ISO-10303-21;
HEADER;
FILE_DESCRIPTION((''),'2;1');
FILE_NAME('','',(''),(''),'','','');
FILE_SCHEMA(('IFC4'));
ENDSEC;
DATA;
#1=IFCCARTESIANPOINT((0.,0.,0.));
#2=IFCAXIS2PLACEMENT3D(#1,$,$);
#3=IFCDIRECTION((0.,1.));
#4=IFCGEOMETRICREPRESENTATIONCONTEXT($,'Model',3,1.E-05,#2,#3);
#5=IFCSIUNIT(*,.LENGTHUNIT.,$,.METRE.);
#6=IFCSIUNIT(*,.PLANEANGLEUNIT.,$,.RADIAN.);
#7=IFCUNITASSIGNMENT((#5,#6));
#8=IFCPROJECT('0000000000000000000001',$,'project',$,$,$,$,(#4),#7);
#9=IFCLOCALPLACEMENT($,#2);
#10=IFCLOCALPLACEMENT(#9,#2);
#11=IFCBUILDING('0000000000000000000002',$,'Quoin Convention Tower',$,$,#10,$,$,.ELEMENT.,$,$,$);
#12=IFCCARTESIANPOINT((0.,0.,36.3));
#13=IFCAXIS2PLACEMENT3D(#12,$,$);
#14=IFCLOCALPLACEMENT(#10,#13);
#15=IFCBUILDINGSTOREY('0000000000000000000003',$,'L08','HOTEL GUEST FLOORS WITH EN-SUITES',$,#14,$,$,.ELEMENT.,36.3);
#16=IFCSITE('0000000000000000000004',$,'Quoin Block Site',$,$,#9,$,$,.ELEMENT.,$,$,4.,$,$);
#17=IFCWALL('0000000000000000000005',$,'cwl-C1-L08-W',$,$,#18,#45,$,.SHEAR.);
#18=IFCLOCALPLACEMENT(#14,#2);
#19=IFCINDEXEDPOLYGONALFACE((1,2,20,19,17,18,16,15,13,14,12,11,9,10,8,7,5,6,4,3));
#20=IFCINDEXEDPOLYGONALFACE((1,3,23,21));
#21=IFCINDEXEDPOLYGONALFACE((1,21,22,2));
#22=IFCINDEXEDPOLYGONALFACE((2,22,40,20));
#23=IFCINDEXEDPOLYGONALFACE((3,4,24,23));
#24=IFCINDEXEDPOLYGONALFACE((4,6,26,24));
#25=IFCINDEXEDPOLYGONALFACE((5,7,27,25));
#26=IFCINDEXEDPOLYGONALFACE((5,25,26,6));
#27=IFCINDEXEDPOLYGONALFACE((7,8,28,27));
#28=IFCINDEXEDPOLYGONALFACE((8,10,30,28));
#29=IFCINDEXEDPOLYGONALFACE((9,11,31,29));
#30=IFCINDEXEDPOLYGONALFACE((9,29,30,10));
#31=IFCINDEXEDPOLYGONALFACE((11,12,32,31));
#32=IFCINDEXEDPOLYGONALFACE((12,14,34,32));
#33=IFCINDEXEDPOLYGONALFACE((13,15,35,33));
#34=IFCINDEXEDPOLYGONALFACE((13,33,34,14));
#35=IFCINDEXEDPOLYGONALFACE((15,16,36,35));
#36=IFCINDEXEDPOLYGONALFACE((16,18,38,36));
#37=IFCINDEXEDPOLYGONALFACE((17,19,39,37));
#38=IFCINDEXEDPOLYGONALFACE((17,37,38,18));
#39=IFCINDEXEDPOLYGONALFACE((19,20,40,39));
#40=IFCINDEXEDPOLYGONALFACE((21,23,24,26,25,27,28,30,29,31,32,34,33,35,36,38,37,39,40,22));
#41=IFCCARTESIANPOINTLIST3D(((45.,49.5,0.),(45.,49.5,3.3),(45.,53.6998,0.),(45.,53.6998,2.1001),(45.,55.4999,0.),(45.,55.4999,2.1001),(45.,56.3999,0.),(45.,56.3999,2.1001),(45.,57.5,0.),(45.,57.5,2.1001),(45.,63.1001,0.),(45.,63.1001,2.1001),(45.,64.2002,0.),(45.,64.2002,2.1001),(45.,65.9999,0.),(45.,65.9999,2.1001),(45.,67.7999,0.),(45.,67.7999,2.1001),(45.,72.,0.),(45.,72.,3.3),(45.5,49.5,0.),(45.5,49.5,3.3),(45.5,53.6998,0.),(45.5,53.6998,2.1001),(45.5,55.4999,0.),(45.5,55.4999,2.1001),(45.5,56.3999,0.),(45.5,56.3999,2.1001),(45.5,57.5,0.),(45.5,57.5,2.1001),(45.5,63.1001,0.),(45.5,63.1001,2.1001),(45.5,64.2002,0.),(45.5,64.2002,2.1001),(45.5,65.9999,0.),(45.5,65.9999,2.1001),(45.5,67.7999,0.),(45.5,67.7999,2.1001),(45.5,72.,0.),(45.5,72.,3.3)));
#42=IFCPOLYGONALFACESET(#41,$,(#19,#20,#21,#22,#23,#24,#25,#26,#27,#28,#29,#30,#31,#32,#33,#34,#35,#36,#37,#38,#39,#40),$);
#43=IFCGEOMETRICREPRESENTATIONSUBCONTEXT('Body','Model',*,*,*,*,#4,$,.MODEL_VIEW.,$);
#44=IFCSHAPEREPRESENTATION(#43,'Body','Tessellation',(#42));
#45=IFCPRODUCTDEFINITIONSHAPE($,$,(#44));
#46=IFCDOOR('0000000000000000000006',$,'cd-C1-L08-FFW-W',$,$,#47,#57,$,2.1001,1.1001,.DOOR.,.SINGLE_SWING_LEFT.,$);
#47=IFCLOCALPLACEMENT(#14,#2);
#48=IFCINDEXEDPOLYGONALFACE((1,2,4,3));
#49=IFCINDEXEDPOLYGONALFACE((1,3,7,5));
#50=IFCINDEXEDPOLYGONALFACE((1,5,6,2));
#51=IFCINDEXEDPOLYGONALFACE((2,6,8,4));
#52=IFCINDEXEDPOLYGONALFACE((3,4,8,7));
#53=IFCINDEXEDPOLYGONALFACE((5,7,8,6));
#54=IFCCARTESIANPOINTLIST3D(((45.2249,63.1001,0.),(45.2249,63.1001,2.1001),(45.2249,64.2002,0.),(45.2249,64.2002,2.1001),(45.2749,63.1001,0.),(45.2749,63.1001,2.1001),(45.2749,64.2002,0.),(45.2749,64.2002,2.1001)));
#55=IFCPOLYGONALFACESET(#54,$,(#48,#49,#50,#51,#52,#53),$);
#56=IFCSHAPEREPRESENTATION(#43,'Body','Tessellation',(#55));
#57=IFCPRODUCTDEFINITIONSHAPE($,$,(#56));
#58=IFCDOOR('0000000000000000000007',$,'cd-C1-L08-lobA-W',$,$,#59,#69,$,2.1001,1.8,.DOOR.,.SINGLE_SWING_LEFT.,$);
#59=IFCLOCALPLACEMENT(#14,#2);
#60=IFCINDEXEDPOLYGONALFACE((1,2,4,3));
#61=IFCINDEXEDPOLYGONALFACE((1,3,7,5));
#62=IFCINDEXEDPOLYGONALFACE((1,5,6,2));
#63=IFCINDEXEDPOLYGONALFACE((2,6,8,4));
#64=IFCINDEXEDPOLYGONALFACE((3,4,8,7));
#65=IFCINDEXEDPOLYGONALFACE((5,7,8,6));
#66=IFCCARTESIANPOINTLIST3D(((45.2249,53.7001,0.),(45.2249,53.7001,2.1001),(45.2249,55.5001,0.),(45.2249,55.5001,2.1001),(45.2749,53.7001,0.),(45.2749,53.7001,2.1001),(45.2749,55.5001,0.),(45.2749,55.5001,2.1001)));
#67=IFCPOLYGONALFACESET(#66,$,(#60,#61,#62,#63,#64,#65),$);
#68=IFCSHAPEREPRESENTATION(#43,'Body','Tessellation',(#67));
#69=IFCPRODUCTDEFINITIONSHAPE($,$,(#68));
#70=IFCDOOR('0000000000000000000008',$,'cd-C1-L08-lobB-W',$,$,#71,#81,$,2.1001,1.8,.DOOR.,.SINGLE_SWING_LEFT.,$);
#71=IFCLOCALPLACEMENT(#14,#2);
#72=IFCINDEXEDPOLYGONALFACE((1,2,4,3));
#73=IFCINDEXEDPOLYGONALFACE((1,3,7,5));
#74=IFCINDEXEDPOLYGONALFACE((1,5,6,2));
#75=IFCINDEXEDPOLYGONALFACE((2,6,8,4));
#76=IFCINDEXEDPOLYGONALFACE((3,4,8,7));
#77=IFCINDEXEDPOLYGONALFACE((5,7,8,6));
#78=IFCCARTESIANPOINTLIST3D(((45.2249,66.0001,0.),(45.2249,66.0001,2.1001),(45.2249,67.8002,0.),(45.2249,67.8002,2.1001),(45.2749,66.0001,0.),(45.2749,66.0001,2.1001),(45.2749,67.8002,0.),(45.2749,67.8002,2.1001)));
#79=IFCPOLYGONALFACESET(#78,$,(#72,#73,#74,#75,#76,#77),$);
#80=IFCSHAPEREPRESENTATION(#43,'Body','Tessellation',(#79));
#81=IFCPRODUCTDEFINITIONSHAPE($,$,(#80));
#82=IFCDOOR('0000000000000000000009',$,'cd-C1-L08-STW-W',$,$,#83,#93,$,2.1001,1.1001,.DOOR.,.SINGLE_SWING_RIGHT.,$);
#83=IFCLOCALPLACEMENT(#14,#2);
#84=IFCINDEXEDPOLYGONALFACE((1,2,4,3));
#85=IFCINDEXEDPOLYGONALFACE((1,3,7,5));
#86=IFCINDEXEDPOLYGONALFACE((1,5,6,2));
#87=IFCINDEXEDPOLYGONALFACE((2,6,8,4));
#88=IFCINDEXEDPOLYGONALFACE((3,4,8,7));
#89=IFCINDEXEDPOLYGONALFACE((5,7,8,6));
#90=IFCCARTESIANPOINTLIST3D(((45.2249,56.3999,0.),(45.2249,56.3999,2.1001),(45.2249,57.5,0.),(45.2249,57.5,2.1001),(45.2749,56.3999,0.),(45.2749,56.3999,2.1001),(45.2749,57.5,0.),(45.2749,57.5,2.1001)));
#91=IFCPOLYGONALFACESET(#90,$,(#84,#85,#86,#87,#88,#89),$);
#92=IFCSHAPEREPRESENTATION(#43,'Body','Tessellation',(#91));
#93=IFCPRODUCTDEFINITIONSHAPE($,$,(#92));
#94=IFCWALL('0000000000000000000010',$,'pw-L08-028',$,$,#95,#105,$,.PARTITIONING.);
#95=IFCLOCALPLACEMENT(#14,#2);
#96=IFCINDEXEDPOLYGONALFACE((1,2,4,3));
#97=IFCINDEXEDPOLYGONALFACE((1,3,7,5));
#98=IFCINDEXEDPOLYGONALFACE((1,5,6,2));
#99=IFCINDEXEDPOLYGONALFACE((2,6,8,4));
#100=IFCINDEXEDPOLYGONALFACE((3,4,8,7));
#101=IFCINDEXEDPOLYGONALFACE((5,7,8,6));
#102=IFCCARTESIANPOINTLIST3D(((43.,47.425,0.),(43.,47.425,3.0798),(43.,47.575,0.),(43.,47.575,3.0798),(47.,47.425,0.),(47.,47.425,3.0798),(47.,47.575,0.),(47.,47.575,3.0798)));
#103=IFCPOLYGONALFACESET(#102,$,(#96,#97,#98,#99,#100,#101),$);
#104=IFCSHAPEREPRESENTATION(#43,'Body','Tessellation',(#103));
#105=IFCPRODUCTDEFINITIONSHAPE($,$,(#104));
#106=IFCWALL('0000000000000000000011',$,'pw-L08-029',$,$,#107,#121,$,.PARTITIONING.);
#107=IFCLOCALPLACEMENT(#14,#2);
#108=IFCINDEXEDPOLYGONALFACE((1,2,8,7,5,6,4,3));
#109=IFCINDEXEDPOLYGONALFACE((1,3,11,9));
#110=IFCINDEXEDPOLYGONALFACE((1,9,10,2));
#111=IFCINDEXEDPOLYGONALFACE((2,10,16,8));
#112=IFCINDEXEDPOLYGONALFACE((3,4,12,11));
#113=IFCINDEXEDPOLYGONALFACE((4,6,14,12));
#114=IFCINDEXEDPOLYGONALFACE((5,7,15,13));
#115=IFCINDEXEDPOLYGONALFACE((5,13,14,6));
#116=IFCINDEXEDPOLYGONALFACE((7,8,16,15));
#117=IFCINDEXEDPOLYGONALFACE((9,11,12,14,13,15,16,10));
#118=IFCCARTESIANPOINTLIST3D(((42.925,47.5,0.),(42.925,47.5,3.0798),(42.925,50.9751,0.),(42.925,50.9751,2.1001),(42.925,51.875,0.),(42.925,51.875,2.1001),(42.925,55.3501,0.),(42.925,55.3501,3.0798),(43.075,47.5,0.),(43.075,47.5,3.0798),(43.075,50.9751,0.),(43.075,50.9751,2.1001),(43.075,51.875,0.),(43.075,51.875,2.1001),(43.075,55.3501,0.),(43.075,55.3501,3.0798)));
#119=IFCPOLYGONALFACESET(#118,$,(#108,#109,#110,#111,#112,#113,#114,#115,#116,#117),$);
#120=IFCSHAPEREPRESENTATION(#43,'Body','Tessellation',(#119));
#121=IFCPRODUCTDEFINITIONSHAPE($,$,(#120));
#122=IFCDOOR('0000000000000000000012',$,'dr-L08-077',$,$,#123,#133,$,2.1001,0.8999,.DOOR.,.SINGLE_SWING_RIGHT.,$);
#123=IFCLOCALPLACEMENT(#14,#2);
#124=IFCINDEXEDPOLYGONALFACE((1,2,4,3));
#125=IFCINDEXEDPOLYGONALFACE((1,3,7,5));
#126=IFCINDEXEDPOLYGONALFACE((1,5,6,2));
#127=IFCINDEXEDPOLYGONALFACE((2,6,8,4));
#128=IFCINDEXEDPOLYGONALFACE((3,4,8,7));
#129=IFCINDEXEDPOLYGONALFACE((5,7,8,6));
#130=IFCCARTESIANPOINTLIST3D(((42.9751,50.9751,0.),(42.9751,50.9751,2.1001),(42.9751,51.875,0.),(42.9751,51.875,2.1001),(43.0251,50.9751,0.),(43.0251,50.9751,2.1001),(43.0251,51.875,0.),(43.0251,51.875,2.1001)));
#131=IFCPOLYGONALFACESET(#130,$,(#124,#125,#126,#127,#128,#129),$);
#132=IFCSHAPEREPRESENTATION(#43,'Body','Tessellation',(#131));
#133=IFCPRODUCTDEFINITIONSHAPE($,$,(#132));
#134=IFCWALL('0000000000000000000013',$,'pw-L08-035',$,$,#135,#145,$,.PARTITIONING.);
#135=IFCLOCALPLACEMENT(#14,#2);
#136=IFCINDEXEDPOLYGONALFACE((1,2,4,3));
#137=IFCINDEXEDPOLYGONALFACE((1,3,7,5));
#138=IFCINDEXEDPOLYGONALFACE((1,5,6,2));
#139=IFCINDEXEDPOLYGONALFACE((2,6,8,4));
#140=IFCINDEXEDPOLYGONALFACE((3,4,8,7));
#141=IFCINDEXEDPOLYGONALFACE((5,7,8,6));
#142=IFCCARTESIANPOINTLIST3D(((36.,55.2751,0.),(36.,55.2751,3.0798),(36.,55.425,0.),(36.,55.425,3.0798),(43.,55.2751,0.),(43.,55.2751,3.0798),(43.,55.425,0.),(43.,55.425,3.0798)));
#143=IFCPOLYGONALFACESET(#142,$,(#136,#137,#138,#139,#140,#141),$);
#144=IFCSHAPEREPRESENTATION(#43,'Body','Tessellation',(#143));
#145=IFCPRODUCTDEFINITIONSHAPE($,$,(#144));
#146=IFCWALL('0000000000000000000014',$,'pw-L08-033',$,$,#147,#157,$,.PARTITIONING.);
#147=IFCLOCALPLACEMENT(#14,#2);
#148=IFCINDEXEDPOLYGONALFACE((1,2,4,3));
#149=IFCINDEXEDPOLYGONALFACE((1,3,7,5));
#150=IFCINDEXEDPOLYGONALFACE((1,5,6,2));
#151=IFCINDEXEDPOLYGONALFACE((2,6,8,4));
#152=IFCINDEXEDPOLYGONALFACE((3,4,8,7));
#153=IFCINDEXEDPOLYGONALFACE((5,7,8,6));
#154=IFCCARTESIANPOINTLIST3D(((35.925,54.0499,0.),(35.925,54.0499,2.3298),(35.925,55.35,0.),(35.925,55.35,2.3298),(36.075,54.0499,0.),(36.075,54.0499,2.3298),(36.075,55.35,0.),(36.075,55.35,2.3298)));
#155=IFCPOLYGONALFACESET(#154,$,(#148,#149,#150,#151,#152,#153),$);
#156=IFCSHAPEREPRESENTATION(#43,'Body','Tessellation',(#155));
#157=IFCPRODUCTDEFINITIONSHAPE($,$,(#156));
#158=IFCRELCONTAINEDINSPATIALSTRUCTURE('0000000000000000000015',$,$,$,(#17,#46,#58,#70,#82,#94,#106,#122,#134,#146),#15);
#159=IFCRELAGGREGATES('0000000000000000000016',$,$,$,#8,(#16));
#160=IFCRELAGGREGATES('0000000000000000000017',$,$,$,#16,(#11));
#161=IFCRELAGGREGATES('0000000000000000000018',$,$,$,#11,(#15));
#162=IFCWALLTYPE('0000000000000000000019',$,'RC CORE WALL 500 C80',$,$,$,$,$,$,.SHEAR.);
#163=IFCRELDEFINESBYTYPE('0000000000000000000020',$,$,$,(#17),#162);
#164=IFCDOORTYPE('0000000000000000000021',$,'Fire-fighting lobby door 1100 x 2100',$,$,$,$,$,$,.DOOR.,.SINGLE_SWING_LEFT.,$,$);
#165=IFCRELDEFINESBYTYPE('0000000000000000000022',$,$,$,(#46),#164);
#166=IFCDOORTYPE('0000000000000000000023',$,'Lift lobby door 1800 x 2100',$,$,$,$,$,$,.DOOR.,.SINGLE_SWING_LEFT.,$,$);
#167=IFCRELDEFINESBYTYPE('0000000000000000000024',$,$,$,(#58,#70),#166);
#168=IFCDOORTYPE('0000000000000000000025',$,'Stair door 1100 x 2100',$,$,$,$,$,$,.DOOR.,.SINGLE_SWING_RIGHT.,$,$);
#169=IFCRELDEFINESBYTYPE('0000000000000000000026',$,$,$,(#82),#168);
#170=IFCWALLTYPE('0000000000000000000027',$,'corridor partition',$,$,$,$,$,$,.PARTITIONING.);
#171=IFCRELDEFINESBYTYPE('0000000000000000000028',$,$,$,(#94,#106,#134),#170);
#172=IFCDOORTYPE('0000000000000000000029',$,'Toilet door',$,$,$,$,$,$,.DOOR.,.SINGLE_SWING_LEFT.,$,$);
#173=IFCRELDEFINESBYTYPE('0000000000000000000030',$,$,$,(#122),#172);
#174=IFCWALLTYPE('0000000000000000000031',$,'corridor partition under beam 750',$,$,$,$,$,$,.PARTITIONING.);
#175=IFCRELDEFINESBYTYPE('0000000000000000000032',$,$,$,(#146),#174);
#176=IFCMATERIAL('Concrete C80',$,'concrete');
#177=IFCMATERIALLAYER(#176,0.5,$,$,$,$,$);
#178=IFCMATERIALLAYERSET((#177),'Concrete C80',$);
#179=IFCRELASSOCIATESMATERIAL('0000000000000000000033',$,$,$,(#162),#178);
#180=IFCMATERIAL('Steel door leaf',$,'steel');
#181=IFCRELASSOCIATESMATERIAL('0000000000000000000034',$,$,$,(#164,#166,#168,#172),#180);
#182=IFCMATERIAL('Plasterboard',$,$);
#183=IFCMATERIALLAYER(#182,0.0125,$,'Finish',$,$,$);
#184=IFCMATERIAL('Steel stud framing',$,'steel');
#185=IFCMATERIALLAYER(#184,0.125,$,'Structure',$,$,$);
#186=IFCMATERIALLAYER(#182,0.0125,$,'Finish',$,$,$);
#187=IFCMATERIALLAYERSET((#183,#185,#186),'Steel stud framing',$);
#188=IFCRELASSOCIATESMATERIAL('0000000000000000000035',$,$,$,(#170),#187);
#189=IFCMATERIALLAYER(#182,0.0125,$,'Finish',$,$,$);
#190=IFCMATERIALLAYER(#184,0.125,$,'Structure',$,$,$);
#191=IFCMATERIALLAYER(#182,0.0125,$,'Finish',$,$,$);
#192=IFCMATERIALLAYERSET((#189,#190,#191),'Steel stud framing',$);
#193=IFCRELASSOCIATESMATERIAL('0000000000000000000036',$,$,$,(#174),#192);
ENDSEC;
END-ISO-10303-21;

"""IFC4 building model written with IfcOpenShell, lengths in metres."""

from ifc_helpers import new_model, si_unit, direction, frame, frame_2d, origin, place, context, subcontext, project, spatial, rectangle, extrude, material, layer, layer_set, type_object, element, fill, save


model = new_model("IFC4")

# Units and contexts
model_context = context("Model", 3, precision=1e-05, world=origin(), true_north=direction((0.0, 1.0)))
body_context = subcontext(model_context, "Body", "Model", "MODEL_VIEW")
ifc_project = project(units=[si_unit("LENGTHUNIT", "METRE"), si_unit("PLANEANGLEUNIT", "RADIAN")], contexts=[model_context])

# Site, building, storey
site_placement = place(None, origin())
site = spatial("IfcSite", under=ifc_project, at=site_placement, Name="Quoin Block Site", CompositionType="ELEMENT", RefElevation=4.0)
building_placement = place(site_placement, origin())
building = spatial("IfcBuilding", under=site, at=building_placement, Name="Quoin Convention Tower", CompositionType="ELEMENT")
storey_placement = place(building_placement, frame((0.0, 0.0, 36.3)))
storey = spatial("IfcBuildingStorey", under=building, at=storey_placement, Name="L08", Description="HOTEL GUEST FLOORS WITH EN-SUITES", CompositionType="ELEMENT", Elevation=36.3)

# Shared definitions
ifc_material_1 = material(Name="Concrete C80", Category="concrete")

# Shared definitions
ifc_material_2 = material(Name="Plasterboard")
ifc_material_3 = material(Name="Steel stud framing", Category="steel")
ifc_material_4 = material(Name="Steel door leaf", Category="steel")

# Shared definitions
ifc_layer_1 = layer(ifc_material_1, 0.5)
ifc_layer_set_1 = layer_set([ifc_layer_1], Name="Concrete C80")
wall_type_1 = type_object("IfcWallType", Name="RC CORE WALL 500 C80", PredefinedType="SHEAR", material=ifc_layer_set_1)

# Wall, openings, doors
wall_1_placement = place(storey_placement, frame((45.25, 49.5, 0.0), z_axis=(0.0, 0.0, 1.0), x_axis=(0.0, 1.0, 0.0)))
wall_1 = element("IfcWall", 1, at=wall_1_placement, inside=storey, type_object=wall_type_1, Name="cwl-C1-L08-W", PredefinedType="SHEAR", context=body_context, shape_type="SweptSolid", body=[
    extrude(rectangle(XDim=22.5, YDim=0.5, at=frame_2d((11.25, 0.0))), origin(), (0.0, 0.0, 1.0), 3.3),
])
opening_1_placement = place(wall_1_placement, frame((4.2, 0.0, 0.0)))
opening_1 = element("IfcOpeningElement", 2, at=opening_1_placement, cuts=wall_1, PredefinedType="OPENING", context=body_context, shape_type="SweptSolid", body=[
    extrude(rectangle(XDim=1.8, YDim=2.1001, at=frame_2d((0.8999, 1.05))), frame((0.0, 0.26, 0.0), z_axis=(0.0, -1.0, 0.0), x_axis=(1.0, 0.0, 0.0)), (0.0, 0.0, 1.0), 0.52),
])
opening_2_placement = place(wall_1_placement, frame((6.8999, 0.0, 0.0)))
opening_2 = element("IfcOpeningElement", 3, at=opening_2_placement, cuts=wall_1, PredefinedType="OPENING", context=body_context, shape_type="SweptSolid", body=[
    extrude(rectangle(XDim=1.1001, YDim=2.1001, at=frame_2d((0.55, 1.05))), frame((0.0, 0.26, 0.0), z_axis=(0.0, -1.0, 0.0), x_axis=(1.0, 0.0, 0.0)), (0.0, 0.0, 1.0), 0.52),
])
opening_3_placement = place(wall_1_placement, frame((13.6001, 0.0, 0.0)))
opening_3 = element("IfcOpeningElement", 4, at=opening_3_placement, cuts=wall_1, PredefinedType="OPENING", context=body_context, shape_type="SweptSolid", body=[
    extrude(rectangle(XDim=1.1001, YDim=2.1001, at=frame_2d((0.55, 1.05))), frame((0.0, 0.26, 0.0), z_axis=(0.0, -1.0, 0.0), x_axis=(1.0, 0.0, 0.0)), (0.0, 0.0, 1.0), 0.52),
])
opening_4_placement = place(wall_1_placement, frame((16.5, 0.0, 0.0)))
opening_4 = element("IfcOpeningElement", 5, at=opening_4_placement, cuts=wall_1, PredefinedType="OPENING", context=body_context, shape_type="SweptSolid", body=[
    extrude(rectangle(XDim=1.8, YDim=2.1001, at=frame_2d((0.8999, 1.05))), frame((0.0, 0.26, 0.0), z_axis=(0.0, -1.0, 0.0), x_axis=(1.0, 0.0, 0.0)), (0.0, 0.0, 1.0), 0.52),
])
door_type_1 = type_object("IfcDoorType", Name="Fire-fighting lobby door 1100 x 2100", OperationType="SINGLE_SWING_LEFT", PredefinedType="DOOR", material=ifc_material_4)
door_1_placement = place(opening_3_placement, frame((1.1001, 0.0, 0.0), z_axis=(0.0, 0.0, 1.0), x_axis=(-1.0, 0.0, 0.0)))
door_1 = element("IfcDoor", 6, at=door_1_placement, inside=storey, type_object=door_type_1, Name="cd-C1-L08-FFW-W", OperationType="SINGLE_SWING_LEFT", OverallHeight=2.1001, OverallWidth=1.1001, PredefinedType="DOOR", context=body_context, shape_type="SweptSolid", body=[
    extrude(rectangle(XDim=1.1001, YDim=2.1001, at=frame_2d((0.55, 1.05))), frame((0.0, 0.0249, 0.0), z_axis=(0.0, -1.0, 0.0), x_axis=(1.0, 0.0, 0.0)), (0.0, 0.0, 1.0), 0.05),
])
fill(opening_3, door_1)
door_type_2 = type_object("IfcDoorType", Name="Lift lobby door 1800 x 2100", OperationType="SINGLE_SWING_LEFT", PredefinedType="DOOR", material=ifc_material_4)
door_2_placement = place(opening_1_placement, frame((1.8, 0.0, 0.0), z_axis=(0.0, 0.0, 1.0), x_axis=(-1.0, 0.0, 0.0)))
door_2 = element("IfcDoor", 7, at=door_2_placement, inside=storey, type_object=door_type_2, Name="cd-C1-L08-lobA-W", OperationType="SINGLE_SWING_LEFT", OverallHeight=2.1001, OverallWidth=1.8, PredefinedType="DOOR", context=body_context, shape_type="SweptSolid", body=[
    extrude(rectangle(XDim=1.8, YDim=2.1001, at=frame_2d((0.8999, 1.05))), frame((0.0, 0.0249, 0.0), z_axis=(0.0, -1.0, 0.0), x_axis=(1.0, 0.0, 0.0)), (0.0, 0.0, 1.0), 0.05),
])
fill(opening_1, door_2)
door_3_placement = place(opening_4_placement, frame((1.8, 0.0, 0.0), z_axis=(0.0, 0.0, 1.0), x_axis=(-1.0, 0.0, 0.0)))
door_3 = element("IfcDoor", 8, at=door_3_placement, inside=storey, type_object=door_type_2, Name="cd-C1-L08-lobB-W", OperationType="SINGLE_SWING_LEFT", OverallHeight=2.1001, OverallWidth=1.8, PredefinedType="DOOR", context=body_context, shape_type="SweptSolid", body=[
    extrude(rectangle(XDim=1.8, YDim=2.1001, at=frame_2d((0.8999, 1.05))), frame((0.0, 0.0249, 0.0), z_axis=(0.0, -1.0, 0.0), x_axis=(1.0, 0.0, 0.0)), (0.0, 0.0, 1.0), 0.05),
])
fill(opening_4, door_3)
door_type_3 = type_object("IfcDoorType", Name="Stair door 1100 x 2100", OperationType="SINGLE_SWING_RIGHT", PredefinedType="DOOR", material=ifc_material_4)
door_4_placement = place(opening_2_placement, frame((1.1001, 0.0, 0.0), z_axis=(0.0, 0.0, 1.0), x_axis=(-1.0, 0.0, 0.0)))
door_4 = element("IfcDoor", 9, at=door_4_placement, inside=storey, type_object=door_type_3, Name="cd-C1-L08-STW-W", OperationType="SINGLE_SWING_RIGHT", OverallHeight=2.1001, OverallWidth=1.1001, PredefinedType="DOOR", context=body_context, shape_type="SweptSolid", body=[
    extrude(rectangle(XDim=1.1001, YDim=2.1001, at=frame_2d((0.55, 1.05))), frame((0.0, 0.0249, 0.0), z_axis=(0.0, -1.0, 0.0), x_axis=(1.0, 0.0, 0.0)), (0.0, 0.0, 1.0), 0.05),
])
fill(opening_2, door_4)

# Wall
ifc_layer_2 = layer(ifc_material_2, 0.0125, Name="Finish")
ifc_layer_3 = layer(ifc_material_3, 0.125, Name="Structure")
ifc_layer_4 = layer(ifc_material_2, 0.0125, Name="Finish")
ifc_layer_set_2 = layer_set([ifc_layer_2, ifc_layer_3, ifc_layer_4], Name="Steel stud framing")
wall_type_2 = type_object("IfcWallType", Name="corridor partition", PredefinedType="PARTITIONING", material=ifc_layer_set_2)
wall_2_placement = place(storey_placement, frame((43.0, 47.5, 0.0), z_axis=(0.0, 0.0, 1.0), x_axis=(1.0, 0.0, 0.0)))
element("IfcWall", 10, at=wall_2_placement, inside=storey, type_object=wall_type_2, Name="pw-L08-028", PredefinedType="PARTITIONING", context=body_context, shape_type="SweptSolid", body=[
    extrude(rectangle(XDim=4.0, YDim=0.1499, at=frame_2d((2.0, 0.0))), origin(), (0.0, 0.0, 1.0), 3.0798),
])

# Wall, opening, door
wall_3_placement = place(storey_placement, frame((43.0, 47.5, 0.0), z_axis=(0.0, 0.0, 1.0), x_axis=(0.0, 1.0, 0.0)))
wall_3 = element("IfcWall", 11, at=wall_3_placement, inside=storey, type_object=wall_type_2, Name="pw-L08-029", PredefinedType="PARTITIONING", context=body_context, shape_type="SweptSolid", body=[
    extrude(rectangle(XDim=7.8501, YDim=0.1499, at=frame_2d((3.925, 0.0))), origin(), (0.0, 0.0, 1.0), 3.0798),
])
opening_5_placement = place(wall_3_placement, frame((3.4751, 0.0, 0.0)))
opening_5 = element("IfcOpeningElement", 12, at=opening_5_placement, cuts=wall_3, PredefinedType="OPENING", context=body_context, shape_type="SweptSolid", body=[
    extrude(rectangle(XDim=0.8999, YDim=2.1001, at=frame_2d((0.45, 1.05))), frame((0.0, 0.085, 0.0), z_axis=(0.0, -1.0, 0.0), x_axis=(1.0, 0.0, 0.0)), (0.0, 0.0, 1.0), 0.1699),
])
door_type_4 = type_object("IfcDoorType", Name="Toilet door", OperationType="SINGLE_SWING_LEFT", PredefinedType="DOOR", material=ifc_material_4)
door_5_placement = place(opening_5_placement, origin())
door_5 = element("IfcDoor", 13, at=door_5_placement, inside=storey, type_object=door_type_4, Name="dr-L08-077", OperationType="SINGLE_SWING_RIGHT", OverallHeight=2.1001, OverallWidth=0.8999, PredefinedType="DOOR", context=body_context, shape_type="SweptSolid", body=[
    extrude(rectangle(XDim=0.8999, YDim=2.1001, at=frame_2d((0.45, 1.05))), frame((0.0, 0.0249, 0.0), z_axis=(0.0, -1.0, 0.0), x_axis=(1.0, 0.0, 0.0)), (0.0, 0.0, 1.0), 0.05),
])
fill(opening_5, door_5)

# Walls
wall_4_placement = place(storey_placement, frame((36.0, 55.3501, 0.0), z_axis=(0.0, 0.0, 1.0), x_axis=(1.0, 0.0, 0.0)))
element("IfcWall", 14, at=wall_4_placement, inside=storey, type_object=wall_type_2, Name="pw-L08-035", PredefinedType="PARTITIONING", context=body_context, shape_type="SweptSolid", body=[
    extrude(rectangle(XDim=7.0, YDim=0.1499, at=frame_2d((3.5, 0.0))), origin(), (0.0, 0.0, 1.0), 3.0798),
])
ifc_layer_5 = layer(ifc_material_2, 0.0125, Name="Finish")
ifc_layer_6 = layer(ifc_material_3, 0.125, Name="Structure")
ifc_layer_7 = layer(ifc_material_2, 0.0125, Name="Finish")
ifc_layer_set_3 = layer_set([ifc_layer_5, ifc_layer_6, ifc_layer_7], Name="Steel stud framing")
wall_type_3 = type_object("IfcWallType", Name="corridor partition under beam 750", PredefinedType="PARTITIONING", material=ifc_layer_set_3)
wall_5_placement = place(storey_placement, frame((36.0, 54.05, 0.0), z_axis=(0.0, 0.0, 1.0), x_axis=(0.0, 1.0, 0.0)))
element("IfcWall", 15, at=wall_5_placement, inside=storey, type_object=wall_type_3, Name="pw-L08-033", PredefinedType="PARTITIONING", context=body_context, shape_type="SweptSolid", body=[
    extrude(rectangle(XDim=1.3, YDim=0.1499, at=frame_2d((0.6499, 0.0))), origin(), (0.0, 0.0, 1.0), 2.3298),
])

save(model, "model.ifc")
